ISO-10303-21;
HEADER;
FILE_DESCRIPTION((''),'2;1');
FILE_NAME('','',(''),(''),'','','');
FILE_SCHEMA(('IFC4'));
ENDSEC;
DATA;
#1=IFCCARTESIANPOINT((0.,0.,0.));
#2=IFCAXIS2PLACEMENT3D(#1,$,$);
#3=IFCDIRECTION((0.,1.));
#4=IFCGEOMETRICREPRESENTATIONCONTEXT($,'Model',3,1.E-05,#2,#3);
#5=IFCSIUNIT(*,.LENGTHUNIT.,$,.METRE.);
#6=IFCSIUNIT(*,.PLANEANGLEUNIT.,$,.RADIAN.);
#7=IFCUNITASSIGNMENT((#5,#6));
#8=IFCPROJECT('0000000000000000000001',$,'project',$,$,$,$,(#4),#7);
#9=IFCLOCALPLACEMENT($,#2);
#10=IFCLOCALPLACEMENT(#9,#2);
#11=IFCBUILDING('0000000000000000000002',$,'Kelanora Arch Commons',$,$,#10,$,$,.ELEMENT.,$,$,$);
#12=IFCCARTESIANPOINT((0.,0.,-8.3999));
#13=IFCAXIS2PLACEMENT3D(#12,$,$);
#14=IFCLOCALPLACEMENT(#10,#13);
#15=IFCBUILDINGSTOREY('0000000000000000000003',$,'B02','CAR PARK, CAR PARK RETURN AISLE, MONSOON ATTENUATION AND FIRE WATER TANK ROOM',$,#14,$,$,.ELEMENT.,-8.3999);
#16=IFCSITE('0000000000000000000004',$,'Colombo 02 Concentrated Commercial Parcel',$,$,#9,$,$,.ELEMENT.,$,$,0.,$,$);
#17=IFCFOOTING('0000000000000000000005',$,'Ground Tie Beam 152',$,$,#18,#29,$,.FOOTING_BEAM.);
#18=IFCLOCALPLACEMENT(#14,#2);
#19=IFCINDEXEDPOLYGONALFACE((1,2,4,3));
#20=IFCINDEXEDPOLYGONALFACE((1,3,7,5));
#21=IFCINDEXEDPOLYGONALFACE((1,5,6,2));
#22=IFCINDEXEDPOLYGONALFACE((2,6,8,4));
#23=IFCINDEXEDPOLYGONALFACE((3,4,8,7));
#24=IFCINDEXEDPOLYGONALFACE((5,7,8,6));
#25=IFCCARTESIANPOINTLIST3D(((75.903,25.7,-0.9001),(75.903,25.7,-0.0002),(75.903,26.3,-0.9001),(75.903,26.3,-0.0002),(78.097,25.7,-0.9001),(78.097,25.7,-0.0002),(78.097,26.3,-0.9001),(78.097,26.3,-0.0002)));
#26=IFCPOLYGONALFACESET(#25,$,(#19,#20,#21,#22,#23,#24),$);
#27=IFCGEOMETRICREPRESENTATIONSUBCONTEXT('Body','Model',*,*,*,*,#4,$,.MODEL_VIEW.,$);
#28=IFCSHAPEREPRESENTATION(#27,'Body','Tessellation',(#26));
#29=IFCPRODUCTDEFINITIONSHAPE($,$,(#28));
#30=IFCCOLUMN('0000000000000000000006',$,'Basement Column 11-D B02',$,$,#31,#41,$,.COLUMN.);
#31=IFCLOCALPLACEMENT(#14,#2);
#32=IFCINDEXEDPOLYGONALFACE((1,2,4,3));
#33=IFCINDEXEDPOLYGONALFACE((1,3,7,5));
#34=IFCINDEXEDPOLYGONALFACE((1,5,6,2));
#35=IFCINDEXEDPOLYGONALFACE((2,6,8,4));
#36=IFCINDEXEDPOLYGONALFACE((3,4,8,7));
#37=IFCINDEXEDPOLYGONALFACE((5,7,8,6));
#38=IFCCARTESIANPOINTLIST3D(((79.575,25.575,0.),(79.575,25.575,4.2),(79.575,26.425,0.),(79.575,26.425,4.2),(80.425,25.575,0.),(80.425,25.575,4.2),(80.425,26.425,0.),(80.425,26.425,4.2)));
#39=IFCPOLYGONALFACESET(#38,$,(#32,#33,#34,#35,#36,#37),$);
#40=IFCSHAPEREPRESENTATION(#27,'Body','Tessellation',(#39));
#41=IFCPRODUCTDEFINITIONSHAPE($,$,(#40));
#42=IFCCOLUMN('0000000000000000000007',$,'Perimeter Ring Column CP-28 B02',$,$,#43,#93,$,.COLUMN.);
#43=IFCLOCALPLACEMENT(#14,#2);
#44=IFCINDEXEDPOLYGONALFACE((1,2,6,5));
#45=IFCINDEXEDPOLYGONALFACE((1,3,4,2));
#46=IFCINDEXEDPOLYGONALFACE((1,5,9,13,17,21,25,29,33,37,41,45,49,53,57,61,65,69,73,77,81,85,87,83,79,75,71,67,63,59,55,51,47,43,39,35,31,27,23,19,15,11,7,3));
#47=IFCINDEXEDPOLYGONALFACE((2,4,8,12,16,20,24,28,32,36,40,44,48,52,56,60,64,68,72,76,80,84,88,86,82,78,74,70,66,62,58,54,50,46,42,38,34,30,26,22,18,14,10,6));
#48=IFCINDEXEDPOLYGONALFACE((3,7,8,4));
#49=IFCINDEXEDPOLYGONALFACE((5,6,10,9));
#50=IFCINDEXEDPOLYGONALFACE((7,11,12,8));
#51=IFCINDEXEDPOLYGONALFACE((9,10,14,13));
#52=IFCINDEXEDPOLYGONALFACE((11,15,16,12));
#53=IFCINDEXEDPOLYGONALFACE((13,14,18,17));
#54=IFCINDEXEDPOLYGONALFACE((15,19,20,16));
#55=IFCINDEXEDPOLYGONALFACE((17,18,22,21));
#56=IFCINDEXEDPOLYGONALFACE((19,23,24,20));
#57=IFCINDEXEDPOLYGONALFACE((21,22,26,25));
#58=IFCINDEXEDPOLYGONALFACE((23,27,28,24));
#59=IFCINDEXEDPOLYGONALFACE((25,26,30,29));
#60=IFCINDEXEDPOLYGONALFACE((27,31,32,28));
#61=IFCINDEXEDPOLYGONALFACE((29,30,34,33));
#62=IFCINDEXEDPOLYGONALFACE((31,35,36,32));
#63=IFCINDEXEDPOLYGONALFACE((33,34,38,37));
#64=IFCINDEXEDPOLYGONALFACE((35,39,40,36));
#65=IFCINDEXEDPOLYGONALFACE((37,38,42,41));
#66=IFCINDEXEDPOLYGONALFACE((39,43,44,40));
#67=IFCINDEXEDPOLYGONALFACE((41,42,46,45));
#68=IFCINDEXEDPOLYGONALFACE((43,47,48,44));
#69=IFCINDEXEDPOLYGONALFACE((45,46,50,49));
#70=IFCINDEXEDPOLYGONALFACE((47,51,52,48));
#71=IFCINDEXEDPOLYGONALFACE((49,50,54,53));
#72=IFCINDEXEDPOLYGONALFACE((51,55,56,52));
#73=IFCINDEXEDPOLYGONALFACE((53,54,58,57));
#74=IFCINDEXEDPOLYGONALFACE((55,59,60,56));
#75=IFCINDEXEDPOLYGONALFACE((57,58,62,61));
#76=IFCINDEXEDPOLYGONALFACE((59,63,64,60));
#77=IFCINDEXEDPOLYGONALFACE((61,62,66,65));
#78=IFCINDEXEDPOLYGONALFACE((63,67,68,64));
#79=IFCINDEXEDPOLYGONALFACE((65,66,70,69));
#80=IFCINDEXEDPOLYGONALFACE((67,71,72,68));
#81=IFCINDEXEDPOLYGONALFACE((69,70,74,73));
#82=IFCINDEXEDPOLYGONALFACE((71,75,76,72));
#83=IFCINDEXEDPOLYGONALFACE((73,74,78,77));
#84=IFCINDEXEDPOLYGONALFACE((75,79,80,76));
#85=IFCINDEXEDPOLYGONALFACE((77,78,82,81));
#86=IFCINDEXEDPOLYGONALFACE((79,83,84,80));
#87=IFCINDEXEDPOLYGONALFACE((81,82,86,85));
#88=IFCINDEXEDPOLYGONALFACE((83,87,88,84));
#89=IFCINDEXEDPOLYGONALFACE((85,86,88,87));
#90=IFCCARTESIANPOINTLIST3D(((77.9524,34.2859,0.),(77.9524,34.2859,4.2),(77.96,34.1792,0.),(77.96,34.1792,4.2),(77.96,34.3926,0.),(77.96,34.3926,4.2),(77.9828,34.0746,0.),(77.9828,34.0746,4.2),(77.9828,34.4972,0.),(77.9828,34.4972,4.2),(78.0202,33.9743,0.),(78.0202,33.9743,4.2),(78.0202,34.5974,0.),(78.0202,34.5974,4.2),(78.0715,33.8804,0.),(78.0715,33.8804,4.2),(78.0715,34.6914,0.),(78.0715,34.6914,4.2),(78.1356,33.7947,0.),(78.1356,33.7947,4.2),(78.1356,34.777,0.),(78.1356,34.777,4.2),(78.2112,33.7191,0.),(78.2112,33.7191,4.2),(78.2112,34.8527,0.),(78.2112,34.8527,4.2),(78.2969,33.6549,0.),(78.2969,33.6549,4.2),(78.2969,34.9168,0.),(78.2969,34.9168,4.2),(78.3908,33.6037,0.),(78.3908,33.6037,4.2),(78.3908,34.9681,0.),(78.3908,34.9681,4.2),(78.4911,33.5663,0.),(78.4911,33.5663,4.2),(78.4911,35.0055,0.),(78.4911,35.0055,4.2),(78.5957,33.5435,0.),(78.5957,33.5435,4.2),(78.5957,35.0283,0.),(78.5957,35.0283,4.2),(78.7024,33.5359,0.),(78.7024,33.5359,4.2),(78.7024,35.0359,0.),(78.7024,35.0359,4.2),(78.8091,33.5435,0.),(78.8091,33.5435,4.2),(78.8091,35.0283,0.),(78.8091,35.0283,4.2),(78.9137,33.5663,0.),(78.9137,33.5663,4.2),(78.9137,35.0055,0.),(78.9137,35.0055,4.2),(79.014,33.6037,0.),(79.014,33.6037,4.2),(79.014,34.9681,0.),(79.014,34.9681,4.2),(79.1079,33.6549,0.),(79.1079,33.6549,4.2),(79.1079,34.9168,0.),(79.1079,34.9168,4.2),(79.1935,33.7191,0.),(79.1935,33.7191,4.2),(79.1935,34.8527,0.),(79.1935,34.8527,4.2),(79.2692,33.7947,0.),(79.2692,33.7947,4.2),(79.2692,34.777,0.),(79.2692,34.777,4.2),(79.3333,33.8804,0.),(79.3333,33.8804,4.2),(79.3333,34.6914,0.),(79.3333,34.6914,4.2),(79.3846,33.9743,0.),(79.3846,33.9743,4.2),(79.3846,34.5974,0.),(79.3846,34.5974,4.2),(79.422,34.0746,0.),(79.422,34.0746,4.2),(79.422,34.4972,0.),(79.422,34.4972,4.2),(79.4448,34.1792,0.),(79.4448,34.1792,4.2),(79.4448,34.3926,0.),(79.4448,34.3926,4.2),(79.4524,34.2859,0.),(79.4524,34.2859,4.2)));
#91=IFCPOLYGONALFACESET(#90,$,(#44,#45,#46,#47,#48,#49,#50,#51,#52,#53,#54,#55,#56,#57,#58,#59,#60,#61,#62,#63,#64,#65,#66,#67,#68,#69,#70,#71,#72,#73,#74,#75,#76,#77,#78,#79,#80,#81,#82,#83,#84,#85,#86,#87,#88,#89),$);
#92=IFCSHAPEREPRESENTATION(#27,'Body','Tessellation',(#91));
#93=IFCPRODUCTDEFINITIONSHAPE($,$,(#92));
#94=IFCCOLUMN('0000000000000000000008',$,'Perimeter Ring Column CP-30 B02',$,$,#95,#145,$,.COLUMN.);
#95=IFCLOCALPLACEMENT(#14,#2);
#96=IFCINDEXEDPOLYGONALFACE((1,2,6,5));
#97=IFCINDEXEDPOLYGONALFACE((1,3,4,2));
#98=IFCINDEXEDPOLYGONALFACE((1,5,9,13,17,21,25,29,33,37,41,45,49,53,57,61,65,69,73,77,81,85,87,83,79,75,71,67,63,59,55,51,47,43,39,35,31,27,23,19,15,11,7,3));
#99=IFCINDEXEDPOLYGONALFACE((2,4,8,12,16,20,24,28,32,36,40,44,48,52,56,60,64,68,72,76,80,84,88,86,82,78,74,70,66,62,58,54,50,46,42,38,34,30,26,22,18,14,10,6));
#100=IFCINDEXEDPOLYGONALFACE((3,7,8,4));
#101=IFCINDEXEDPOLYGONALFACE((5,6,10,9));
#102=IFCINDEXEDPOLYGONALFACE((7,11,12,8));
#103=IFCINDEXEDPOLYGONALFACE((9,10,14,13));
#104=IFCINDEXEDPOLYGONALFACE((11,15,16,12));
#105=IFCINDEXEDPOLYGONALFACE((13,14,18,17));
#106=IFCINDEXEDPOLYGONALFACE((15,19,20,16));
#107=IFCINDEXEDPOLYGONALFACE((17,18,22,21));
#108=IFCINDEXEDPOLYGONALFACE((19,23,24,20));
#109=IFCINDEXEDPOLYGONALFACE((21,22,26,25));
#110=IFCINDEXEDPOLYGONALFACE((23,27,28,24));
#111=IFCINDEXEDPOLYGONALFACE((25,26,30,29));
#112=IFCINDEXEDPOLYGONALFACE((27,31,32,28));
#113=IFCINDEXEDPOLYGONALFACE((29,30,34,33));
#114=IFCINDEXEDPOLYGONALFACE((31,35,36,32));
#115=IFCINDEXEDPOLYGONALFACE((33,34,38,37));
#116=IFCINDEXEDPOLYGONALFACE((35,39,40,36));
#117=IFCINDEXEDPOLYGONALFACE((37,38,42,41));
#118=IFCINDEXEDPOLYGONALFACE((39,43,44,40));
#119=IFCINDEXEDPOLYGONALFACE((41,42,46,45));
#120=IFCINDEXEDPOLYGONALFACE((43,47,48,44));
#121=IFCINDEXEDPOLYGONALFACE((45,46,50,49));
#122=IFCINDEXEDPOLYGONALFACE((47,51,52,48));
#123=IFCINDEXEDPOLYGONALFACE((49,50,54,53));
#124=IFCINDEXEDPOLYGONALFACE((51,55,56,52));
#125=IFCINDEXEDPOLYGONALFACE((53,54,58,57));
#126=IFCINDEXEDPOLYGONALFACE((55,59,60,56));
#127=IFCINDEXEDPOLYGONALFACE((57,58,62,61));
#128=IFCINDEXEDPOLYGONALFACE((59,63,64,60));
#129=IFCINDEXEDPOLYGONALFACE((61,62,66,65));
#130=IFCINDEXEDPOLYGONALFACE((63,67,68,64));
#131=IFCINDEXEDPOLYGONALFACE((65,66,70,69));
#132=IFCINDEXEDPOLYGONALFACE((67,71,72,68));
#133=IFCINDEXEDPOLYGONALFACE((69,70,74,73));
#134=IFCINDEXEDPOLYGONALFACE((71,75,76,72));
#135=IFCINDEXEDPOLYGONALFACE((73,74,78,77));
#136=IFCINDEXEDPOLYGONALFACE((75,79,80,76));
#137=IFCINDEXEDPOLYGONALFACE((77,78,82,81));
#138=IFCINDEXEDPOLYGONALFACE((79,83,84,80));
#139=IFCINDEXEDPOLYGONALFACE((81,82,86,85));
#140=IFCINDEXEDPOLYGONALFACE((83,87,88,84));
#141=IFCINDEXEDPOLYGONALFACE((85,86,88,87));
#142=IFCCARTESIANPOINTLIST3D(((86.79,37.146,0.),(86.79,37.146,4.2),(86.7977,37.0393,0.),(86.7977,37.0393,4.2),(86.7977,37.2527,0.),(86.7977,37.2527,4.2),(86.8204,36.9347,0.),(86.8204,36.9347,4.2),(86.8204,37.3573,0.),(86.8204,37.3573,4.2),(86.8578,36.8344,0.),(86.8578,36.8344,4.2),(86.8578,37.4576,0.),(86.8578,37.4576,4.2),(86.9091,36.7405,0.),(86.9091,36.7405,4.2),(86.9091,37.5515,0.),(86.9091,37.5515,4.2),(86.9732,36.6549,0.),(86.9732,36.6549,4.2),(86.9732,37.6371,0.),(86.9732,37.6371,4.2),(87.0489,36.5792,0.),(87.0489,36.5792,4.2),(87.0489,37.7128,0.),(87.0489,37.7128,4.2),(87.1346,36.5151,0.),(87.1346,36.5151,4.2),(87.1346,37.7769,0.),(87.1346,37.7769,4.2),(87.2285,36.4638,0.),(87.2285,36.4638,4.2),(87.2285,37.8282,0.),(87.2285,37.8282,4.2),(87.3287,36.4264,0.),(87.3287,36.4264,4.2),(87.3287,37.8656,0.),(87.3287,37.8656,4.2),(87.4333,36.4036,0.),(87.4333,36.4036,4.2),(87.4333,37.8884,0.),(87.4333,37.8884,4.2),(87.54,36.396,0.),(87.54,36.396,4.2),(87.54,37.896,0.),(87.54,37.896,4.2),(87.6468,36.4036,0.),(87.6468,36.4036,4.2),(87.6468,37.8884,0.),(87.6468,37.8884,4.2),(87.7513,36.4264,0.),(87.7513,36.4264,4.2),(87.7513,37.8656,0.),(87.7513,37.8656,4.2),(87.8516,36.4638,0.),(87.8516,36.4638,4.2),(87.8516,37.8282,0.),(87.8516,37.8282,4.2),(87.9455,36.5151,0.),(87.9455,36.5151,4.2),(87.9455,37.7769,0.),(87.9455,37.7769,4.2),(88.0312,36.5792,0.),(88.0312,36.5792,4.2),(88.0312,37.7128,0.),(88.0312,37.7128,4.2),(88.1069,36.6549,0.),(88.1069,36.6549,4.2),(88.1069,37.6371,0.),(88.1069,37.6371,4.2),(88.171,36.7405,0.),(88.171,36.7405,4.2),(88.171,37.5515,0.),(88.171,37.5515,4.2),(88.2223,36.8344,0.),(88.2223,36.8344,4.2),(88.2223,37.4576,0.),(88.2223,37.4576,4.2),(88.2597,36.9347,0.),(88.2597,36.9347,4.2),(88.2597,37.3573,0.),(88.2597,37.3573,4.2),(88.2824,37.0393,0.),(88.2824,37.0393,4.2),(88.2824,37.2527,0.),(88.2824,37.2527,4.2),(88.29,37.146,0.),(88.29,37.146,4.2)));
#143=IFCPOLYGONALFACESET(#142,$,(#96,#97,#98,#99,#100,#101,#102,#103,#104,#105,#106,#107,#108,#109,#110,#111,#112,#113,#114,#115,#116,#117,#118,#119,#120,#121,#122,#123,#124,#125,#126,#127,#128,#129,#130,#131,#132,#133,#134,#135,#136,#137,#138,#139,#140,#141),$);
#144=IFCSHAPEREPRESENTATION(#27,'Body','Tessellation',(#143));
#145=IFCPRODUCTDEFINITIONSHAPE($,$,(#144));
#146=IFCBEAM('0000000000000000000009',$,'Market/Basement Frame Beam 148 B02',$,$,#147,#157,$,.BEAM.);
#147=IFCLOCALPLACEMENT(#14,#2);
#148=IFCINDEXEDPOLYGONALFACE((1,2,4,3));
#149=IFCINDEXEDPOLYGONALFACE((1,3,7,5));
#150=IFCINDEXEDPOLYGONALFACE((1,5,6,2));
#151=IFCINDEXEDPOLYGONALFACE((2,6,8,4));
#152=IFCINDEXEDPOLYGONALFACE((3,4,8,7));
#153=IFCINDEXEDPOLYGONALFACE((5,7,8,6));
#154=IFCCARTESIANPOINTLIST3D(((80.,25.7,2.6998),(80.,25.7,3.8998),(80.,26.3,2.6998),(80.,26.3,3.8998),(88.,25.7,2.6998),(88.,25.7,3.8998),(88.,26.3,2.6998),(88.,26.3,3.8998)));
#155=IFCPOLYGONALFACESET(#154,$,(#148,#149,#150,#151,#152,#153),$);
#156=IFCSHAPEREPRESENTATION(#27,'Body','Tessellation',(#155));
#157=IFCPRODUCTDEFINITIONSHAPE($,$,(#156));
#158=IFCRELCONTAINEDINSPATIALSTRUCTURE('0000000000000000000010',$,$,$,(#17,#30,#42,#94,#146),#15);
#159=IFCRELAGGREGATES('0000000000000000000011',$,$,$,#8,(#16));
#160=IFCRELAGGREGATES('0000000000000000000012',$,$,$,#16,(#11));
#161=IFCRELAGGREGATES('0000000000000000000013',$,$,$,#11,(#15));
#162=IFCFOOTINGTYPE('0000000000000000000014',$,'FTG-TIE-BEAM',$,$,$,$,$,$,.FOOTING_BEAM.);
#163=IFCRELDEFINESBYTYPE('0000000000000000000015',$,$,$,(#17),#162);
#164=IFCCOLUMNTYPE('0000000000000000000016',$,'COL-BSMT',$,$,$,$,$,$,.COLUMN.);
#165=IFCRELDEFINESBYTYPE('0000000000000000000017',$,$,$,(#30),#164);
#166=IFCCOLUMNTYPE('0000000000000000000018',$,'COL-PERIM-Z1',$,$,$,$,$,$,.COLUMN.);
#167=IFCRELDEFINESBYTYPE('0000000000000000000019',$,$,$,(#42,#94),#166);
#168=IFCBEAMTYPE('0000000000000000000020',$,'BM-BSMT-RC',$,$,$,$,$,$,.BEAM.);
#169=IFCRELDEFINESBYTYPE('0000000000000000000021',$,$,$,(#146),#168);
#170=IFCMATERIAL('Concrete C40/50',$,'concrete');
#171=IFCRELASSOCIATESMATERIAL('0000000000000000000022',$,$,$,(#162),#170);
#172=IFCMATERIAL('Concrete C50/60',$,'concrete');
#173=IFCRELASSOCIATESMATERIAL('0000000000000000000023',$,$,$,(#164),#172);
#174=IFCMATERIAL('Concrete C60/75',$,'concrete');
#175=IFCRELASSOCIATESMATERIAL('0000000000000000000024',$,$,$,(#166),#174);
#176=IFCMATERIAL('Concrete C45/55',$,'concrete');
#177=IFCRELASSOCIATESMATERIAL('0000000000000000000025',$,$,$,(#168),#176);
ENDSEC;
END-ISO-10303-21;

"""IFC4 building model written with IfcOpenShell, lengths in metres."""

from ifc_helpers import new_model, si_unit, direction, frame, origin, origin_2d, place, context, subcontext, project, spatial, rectangle, circle, extrude, source, transform, mapped, material, material_profile, profile_set, type_object, element, save


model = new_model("IFC4")

# Units and contexts
model_context = context("Model", 3, precision=1e-05, world=origin(), true_north=direction((0.0, 1.0)))
body_context = subcontext(model_context, "Body", "Model", "MODEL_VIEW")
ifc_project = project(units=[si_unit("LENGTHUNIT", "METRE"), si_unit("PLANEANGLEUNIT", "RADIAN")], contexts=[model_context])

# Site, building, storey
site_placement = place(None, origin())
site = spatial("IfcSite", under=ifc_project, at=site_placement, Name="Colombo 02 Concentrated Commercial Parcel", CompositionType="ELEMENT", RefElevation=0.0)
building_placement = place(site_placement, origin())
building = spatial("IfcBuilding", under=site, at=building_placement, Name="Kelanora Arch Commons", CompositionType="ELEMENT")
storey_placement = place(building_placement, frame((0.0, 0.0, -8.3999)))
storey = spatial("IfcBuildingStorey", under=building, at=storey_placement, Name="B02", Description="CAR PARK, CAR PARK RETURN AISLE, MONSOON ATTENUATION AND FIRE WATER TANK ROOM", CompositionType="ELEMENT", Elevation=-8.3999)

# Shared definitions
ifc_material_1 = material(Name="Concrete C45/55", Category="concrete")

# Shared definitions
ifc_material_2 = material(Name="Concrete C40/50", Category="concrete")

# Footing
footing_type_1 = type_object("IfcFootingType", Name="FTG-TIE-BEAM", PredefinedType="FOOTING_BEAM", material=ifc_material_2)
shared_shape_1 = source(origin(), body_context, "Body", "SweptSolid", [
    extrude(rectangle(XDim=2.1941, YDim=0.6001, at=origin_2d()), origin(), (0.0, 0.0, 1.0), 0.8999),
])
footing_1_placement = place(storey_placement, frame((77.0, 26.0, -0.9001), z_axis=(0.0, 0.0, 1.0), x_axis=(1.0, 0.0, 0.0)))
element("IfcFooting", 1, at=footing_1_placement, inside=storey, type_object=footing_type_1, Name="Ground Tie Beam 152", PredefinedType="FOOTING_BEAM", context=body_context, shape_type="MappedRepresentation", body=[
    mapped(shared_shape_1, transform((0.0, 0.0, 0.0), scale=1.0)),
])

# Columns
ifc_material_3 = material(Name="Concrete C50/60", Category="concrete")
ifc_material_profile_1 = material_profile(ifc_material_3, rectangle(XDim=0.8501, YDim=0.8501, at=origin_2d()), Name="RC850x850")
ifc_profile_set_1 = profile_set([ifc_material_profile_1], Name="Concrete C50/60")
column_type_1 = type_object("IfcColumnType", Name="COL-BSMT", PredefinedType="COLUMN", material=ifc_profile_set_1)
column_placement = place(storey_placement, frame((80.0, 26.0, 0.0), z_axis=(0.0, 0.0, 1.0), x_axis=(1.0, 0.0, 0.0)))
element("IfcColumn", 2, at=column_placement, inside=storey, type_object=column_type_1, Name="Basement Column 11-D B02", PredefinedType="COLUMN", context=body_context, shape_type="SweptSolid", body=[
    extrude(rectangle(XDim=0.8501, YDim=0.8501, at=origin_2d()), origin(), (0.0, 0.0, 1.0), 4.2),
])
ifc_material_4 = material(Name="Concrete C60/75", Category="concrete")
ifc_material_profile_2 = material_profile(ifc_material_4, circle(Radius=0.75, at=origin_2d()), Name="RCC1500")
ifc_profile_set_2 = profile_set([ifc_material_profile_2], Name="Concrete C60/75")
column_type_2 = type_object("IfcColumnType", Name="COL-PERIM-Z1", PredefinedType="COLUMN", material=ifc_profile_set_2)
for number, where, z_axis, x_axis, name in (
    (3, (78.7024, 34.2859, 0.0), (0.0, 0.0, 1.0), (1.0, 0.0, 0.0), "Perimeter Ring Column CP-28 B02"),
    (4, (87.54, 37.146, 0.0), (0.0, 0.0, 1.0), (1.0, 0.0, 0.0), "Perimeter Ring Column CP-30 B02"),
):
    element("IfcColumn", number, at=place(storey_placement, frame(where, z_axis=z_axis, x_axis=x_axis)), inside=storey, type_object=column_type_2, Name=name, PredefinedType="COLUMN", context=body_context, shape_type="SweptSolid", body=[
        extrude(circle(Radius=0.75, at=origin_2d()), origin(), (0.0, 0.0, 1.0), 4.2),
    ])

# Beam
ifc_material_profile_3 = material_profile(ifc_material_1, rectangle(XDim=0.6001, YDim=1.2, at=origin_2d()), Name="RCB600x1200")
ifc_profile_set_3 = profile_set([ifc_material_profile_3], Name="Concrete C45/55")
beam_type_1 = type_object("IfcBeamType", Name="BM-BSMT-RC", PredefinedType="BEAM", material=ifc_profile_set_3)
beam_1_placement = place(storey_placement, frame((80.0, 26.0, 3.2998), z_axis=(1.0, 0.0, 0.0), x_axis=(0.0, 1.0, 0.0)))
element("IfcBeam", 5, at=beam_1_placement, inside=storey, type_object=beam_type_1, Name="Market/Basement Frame Beam 148 B02", PredefinedType="BEAM", context=body_context, shape_type="SweptSolid", body=[
    extrude(rectangle(XDim=0.6001, YDim=1.2, at=origin_2d()), origin(), (0.0, 0.0, 1.0), 8.0),
])

save(model, "model.ifc")
